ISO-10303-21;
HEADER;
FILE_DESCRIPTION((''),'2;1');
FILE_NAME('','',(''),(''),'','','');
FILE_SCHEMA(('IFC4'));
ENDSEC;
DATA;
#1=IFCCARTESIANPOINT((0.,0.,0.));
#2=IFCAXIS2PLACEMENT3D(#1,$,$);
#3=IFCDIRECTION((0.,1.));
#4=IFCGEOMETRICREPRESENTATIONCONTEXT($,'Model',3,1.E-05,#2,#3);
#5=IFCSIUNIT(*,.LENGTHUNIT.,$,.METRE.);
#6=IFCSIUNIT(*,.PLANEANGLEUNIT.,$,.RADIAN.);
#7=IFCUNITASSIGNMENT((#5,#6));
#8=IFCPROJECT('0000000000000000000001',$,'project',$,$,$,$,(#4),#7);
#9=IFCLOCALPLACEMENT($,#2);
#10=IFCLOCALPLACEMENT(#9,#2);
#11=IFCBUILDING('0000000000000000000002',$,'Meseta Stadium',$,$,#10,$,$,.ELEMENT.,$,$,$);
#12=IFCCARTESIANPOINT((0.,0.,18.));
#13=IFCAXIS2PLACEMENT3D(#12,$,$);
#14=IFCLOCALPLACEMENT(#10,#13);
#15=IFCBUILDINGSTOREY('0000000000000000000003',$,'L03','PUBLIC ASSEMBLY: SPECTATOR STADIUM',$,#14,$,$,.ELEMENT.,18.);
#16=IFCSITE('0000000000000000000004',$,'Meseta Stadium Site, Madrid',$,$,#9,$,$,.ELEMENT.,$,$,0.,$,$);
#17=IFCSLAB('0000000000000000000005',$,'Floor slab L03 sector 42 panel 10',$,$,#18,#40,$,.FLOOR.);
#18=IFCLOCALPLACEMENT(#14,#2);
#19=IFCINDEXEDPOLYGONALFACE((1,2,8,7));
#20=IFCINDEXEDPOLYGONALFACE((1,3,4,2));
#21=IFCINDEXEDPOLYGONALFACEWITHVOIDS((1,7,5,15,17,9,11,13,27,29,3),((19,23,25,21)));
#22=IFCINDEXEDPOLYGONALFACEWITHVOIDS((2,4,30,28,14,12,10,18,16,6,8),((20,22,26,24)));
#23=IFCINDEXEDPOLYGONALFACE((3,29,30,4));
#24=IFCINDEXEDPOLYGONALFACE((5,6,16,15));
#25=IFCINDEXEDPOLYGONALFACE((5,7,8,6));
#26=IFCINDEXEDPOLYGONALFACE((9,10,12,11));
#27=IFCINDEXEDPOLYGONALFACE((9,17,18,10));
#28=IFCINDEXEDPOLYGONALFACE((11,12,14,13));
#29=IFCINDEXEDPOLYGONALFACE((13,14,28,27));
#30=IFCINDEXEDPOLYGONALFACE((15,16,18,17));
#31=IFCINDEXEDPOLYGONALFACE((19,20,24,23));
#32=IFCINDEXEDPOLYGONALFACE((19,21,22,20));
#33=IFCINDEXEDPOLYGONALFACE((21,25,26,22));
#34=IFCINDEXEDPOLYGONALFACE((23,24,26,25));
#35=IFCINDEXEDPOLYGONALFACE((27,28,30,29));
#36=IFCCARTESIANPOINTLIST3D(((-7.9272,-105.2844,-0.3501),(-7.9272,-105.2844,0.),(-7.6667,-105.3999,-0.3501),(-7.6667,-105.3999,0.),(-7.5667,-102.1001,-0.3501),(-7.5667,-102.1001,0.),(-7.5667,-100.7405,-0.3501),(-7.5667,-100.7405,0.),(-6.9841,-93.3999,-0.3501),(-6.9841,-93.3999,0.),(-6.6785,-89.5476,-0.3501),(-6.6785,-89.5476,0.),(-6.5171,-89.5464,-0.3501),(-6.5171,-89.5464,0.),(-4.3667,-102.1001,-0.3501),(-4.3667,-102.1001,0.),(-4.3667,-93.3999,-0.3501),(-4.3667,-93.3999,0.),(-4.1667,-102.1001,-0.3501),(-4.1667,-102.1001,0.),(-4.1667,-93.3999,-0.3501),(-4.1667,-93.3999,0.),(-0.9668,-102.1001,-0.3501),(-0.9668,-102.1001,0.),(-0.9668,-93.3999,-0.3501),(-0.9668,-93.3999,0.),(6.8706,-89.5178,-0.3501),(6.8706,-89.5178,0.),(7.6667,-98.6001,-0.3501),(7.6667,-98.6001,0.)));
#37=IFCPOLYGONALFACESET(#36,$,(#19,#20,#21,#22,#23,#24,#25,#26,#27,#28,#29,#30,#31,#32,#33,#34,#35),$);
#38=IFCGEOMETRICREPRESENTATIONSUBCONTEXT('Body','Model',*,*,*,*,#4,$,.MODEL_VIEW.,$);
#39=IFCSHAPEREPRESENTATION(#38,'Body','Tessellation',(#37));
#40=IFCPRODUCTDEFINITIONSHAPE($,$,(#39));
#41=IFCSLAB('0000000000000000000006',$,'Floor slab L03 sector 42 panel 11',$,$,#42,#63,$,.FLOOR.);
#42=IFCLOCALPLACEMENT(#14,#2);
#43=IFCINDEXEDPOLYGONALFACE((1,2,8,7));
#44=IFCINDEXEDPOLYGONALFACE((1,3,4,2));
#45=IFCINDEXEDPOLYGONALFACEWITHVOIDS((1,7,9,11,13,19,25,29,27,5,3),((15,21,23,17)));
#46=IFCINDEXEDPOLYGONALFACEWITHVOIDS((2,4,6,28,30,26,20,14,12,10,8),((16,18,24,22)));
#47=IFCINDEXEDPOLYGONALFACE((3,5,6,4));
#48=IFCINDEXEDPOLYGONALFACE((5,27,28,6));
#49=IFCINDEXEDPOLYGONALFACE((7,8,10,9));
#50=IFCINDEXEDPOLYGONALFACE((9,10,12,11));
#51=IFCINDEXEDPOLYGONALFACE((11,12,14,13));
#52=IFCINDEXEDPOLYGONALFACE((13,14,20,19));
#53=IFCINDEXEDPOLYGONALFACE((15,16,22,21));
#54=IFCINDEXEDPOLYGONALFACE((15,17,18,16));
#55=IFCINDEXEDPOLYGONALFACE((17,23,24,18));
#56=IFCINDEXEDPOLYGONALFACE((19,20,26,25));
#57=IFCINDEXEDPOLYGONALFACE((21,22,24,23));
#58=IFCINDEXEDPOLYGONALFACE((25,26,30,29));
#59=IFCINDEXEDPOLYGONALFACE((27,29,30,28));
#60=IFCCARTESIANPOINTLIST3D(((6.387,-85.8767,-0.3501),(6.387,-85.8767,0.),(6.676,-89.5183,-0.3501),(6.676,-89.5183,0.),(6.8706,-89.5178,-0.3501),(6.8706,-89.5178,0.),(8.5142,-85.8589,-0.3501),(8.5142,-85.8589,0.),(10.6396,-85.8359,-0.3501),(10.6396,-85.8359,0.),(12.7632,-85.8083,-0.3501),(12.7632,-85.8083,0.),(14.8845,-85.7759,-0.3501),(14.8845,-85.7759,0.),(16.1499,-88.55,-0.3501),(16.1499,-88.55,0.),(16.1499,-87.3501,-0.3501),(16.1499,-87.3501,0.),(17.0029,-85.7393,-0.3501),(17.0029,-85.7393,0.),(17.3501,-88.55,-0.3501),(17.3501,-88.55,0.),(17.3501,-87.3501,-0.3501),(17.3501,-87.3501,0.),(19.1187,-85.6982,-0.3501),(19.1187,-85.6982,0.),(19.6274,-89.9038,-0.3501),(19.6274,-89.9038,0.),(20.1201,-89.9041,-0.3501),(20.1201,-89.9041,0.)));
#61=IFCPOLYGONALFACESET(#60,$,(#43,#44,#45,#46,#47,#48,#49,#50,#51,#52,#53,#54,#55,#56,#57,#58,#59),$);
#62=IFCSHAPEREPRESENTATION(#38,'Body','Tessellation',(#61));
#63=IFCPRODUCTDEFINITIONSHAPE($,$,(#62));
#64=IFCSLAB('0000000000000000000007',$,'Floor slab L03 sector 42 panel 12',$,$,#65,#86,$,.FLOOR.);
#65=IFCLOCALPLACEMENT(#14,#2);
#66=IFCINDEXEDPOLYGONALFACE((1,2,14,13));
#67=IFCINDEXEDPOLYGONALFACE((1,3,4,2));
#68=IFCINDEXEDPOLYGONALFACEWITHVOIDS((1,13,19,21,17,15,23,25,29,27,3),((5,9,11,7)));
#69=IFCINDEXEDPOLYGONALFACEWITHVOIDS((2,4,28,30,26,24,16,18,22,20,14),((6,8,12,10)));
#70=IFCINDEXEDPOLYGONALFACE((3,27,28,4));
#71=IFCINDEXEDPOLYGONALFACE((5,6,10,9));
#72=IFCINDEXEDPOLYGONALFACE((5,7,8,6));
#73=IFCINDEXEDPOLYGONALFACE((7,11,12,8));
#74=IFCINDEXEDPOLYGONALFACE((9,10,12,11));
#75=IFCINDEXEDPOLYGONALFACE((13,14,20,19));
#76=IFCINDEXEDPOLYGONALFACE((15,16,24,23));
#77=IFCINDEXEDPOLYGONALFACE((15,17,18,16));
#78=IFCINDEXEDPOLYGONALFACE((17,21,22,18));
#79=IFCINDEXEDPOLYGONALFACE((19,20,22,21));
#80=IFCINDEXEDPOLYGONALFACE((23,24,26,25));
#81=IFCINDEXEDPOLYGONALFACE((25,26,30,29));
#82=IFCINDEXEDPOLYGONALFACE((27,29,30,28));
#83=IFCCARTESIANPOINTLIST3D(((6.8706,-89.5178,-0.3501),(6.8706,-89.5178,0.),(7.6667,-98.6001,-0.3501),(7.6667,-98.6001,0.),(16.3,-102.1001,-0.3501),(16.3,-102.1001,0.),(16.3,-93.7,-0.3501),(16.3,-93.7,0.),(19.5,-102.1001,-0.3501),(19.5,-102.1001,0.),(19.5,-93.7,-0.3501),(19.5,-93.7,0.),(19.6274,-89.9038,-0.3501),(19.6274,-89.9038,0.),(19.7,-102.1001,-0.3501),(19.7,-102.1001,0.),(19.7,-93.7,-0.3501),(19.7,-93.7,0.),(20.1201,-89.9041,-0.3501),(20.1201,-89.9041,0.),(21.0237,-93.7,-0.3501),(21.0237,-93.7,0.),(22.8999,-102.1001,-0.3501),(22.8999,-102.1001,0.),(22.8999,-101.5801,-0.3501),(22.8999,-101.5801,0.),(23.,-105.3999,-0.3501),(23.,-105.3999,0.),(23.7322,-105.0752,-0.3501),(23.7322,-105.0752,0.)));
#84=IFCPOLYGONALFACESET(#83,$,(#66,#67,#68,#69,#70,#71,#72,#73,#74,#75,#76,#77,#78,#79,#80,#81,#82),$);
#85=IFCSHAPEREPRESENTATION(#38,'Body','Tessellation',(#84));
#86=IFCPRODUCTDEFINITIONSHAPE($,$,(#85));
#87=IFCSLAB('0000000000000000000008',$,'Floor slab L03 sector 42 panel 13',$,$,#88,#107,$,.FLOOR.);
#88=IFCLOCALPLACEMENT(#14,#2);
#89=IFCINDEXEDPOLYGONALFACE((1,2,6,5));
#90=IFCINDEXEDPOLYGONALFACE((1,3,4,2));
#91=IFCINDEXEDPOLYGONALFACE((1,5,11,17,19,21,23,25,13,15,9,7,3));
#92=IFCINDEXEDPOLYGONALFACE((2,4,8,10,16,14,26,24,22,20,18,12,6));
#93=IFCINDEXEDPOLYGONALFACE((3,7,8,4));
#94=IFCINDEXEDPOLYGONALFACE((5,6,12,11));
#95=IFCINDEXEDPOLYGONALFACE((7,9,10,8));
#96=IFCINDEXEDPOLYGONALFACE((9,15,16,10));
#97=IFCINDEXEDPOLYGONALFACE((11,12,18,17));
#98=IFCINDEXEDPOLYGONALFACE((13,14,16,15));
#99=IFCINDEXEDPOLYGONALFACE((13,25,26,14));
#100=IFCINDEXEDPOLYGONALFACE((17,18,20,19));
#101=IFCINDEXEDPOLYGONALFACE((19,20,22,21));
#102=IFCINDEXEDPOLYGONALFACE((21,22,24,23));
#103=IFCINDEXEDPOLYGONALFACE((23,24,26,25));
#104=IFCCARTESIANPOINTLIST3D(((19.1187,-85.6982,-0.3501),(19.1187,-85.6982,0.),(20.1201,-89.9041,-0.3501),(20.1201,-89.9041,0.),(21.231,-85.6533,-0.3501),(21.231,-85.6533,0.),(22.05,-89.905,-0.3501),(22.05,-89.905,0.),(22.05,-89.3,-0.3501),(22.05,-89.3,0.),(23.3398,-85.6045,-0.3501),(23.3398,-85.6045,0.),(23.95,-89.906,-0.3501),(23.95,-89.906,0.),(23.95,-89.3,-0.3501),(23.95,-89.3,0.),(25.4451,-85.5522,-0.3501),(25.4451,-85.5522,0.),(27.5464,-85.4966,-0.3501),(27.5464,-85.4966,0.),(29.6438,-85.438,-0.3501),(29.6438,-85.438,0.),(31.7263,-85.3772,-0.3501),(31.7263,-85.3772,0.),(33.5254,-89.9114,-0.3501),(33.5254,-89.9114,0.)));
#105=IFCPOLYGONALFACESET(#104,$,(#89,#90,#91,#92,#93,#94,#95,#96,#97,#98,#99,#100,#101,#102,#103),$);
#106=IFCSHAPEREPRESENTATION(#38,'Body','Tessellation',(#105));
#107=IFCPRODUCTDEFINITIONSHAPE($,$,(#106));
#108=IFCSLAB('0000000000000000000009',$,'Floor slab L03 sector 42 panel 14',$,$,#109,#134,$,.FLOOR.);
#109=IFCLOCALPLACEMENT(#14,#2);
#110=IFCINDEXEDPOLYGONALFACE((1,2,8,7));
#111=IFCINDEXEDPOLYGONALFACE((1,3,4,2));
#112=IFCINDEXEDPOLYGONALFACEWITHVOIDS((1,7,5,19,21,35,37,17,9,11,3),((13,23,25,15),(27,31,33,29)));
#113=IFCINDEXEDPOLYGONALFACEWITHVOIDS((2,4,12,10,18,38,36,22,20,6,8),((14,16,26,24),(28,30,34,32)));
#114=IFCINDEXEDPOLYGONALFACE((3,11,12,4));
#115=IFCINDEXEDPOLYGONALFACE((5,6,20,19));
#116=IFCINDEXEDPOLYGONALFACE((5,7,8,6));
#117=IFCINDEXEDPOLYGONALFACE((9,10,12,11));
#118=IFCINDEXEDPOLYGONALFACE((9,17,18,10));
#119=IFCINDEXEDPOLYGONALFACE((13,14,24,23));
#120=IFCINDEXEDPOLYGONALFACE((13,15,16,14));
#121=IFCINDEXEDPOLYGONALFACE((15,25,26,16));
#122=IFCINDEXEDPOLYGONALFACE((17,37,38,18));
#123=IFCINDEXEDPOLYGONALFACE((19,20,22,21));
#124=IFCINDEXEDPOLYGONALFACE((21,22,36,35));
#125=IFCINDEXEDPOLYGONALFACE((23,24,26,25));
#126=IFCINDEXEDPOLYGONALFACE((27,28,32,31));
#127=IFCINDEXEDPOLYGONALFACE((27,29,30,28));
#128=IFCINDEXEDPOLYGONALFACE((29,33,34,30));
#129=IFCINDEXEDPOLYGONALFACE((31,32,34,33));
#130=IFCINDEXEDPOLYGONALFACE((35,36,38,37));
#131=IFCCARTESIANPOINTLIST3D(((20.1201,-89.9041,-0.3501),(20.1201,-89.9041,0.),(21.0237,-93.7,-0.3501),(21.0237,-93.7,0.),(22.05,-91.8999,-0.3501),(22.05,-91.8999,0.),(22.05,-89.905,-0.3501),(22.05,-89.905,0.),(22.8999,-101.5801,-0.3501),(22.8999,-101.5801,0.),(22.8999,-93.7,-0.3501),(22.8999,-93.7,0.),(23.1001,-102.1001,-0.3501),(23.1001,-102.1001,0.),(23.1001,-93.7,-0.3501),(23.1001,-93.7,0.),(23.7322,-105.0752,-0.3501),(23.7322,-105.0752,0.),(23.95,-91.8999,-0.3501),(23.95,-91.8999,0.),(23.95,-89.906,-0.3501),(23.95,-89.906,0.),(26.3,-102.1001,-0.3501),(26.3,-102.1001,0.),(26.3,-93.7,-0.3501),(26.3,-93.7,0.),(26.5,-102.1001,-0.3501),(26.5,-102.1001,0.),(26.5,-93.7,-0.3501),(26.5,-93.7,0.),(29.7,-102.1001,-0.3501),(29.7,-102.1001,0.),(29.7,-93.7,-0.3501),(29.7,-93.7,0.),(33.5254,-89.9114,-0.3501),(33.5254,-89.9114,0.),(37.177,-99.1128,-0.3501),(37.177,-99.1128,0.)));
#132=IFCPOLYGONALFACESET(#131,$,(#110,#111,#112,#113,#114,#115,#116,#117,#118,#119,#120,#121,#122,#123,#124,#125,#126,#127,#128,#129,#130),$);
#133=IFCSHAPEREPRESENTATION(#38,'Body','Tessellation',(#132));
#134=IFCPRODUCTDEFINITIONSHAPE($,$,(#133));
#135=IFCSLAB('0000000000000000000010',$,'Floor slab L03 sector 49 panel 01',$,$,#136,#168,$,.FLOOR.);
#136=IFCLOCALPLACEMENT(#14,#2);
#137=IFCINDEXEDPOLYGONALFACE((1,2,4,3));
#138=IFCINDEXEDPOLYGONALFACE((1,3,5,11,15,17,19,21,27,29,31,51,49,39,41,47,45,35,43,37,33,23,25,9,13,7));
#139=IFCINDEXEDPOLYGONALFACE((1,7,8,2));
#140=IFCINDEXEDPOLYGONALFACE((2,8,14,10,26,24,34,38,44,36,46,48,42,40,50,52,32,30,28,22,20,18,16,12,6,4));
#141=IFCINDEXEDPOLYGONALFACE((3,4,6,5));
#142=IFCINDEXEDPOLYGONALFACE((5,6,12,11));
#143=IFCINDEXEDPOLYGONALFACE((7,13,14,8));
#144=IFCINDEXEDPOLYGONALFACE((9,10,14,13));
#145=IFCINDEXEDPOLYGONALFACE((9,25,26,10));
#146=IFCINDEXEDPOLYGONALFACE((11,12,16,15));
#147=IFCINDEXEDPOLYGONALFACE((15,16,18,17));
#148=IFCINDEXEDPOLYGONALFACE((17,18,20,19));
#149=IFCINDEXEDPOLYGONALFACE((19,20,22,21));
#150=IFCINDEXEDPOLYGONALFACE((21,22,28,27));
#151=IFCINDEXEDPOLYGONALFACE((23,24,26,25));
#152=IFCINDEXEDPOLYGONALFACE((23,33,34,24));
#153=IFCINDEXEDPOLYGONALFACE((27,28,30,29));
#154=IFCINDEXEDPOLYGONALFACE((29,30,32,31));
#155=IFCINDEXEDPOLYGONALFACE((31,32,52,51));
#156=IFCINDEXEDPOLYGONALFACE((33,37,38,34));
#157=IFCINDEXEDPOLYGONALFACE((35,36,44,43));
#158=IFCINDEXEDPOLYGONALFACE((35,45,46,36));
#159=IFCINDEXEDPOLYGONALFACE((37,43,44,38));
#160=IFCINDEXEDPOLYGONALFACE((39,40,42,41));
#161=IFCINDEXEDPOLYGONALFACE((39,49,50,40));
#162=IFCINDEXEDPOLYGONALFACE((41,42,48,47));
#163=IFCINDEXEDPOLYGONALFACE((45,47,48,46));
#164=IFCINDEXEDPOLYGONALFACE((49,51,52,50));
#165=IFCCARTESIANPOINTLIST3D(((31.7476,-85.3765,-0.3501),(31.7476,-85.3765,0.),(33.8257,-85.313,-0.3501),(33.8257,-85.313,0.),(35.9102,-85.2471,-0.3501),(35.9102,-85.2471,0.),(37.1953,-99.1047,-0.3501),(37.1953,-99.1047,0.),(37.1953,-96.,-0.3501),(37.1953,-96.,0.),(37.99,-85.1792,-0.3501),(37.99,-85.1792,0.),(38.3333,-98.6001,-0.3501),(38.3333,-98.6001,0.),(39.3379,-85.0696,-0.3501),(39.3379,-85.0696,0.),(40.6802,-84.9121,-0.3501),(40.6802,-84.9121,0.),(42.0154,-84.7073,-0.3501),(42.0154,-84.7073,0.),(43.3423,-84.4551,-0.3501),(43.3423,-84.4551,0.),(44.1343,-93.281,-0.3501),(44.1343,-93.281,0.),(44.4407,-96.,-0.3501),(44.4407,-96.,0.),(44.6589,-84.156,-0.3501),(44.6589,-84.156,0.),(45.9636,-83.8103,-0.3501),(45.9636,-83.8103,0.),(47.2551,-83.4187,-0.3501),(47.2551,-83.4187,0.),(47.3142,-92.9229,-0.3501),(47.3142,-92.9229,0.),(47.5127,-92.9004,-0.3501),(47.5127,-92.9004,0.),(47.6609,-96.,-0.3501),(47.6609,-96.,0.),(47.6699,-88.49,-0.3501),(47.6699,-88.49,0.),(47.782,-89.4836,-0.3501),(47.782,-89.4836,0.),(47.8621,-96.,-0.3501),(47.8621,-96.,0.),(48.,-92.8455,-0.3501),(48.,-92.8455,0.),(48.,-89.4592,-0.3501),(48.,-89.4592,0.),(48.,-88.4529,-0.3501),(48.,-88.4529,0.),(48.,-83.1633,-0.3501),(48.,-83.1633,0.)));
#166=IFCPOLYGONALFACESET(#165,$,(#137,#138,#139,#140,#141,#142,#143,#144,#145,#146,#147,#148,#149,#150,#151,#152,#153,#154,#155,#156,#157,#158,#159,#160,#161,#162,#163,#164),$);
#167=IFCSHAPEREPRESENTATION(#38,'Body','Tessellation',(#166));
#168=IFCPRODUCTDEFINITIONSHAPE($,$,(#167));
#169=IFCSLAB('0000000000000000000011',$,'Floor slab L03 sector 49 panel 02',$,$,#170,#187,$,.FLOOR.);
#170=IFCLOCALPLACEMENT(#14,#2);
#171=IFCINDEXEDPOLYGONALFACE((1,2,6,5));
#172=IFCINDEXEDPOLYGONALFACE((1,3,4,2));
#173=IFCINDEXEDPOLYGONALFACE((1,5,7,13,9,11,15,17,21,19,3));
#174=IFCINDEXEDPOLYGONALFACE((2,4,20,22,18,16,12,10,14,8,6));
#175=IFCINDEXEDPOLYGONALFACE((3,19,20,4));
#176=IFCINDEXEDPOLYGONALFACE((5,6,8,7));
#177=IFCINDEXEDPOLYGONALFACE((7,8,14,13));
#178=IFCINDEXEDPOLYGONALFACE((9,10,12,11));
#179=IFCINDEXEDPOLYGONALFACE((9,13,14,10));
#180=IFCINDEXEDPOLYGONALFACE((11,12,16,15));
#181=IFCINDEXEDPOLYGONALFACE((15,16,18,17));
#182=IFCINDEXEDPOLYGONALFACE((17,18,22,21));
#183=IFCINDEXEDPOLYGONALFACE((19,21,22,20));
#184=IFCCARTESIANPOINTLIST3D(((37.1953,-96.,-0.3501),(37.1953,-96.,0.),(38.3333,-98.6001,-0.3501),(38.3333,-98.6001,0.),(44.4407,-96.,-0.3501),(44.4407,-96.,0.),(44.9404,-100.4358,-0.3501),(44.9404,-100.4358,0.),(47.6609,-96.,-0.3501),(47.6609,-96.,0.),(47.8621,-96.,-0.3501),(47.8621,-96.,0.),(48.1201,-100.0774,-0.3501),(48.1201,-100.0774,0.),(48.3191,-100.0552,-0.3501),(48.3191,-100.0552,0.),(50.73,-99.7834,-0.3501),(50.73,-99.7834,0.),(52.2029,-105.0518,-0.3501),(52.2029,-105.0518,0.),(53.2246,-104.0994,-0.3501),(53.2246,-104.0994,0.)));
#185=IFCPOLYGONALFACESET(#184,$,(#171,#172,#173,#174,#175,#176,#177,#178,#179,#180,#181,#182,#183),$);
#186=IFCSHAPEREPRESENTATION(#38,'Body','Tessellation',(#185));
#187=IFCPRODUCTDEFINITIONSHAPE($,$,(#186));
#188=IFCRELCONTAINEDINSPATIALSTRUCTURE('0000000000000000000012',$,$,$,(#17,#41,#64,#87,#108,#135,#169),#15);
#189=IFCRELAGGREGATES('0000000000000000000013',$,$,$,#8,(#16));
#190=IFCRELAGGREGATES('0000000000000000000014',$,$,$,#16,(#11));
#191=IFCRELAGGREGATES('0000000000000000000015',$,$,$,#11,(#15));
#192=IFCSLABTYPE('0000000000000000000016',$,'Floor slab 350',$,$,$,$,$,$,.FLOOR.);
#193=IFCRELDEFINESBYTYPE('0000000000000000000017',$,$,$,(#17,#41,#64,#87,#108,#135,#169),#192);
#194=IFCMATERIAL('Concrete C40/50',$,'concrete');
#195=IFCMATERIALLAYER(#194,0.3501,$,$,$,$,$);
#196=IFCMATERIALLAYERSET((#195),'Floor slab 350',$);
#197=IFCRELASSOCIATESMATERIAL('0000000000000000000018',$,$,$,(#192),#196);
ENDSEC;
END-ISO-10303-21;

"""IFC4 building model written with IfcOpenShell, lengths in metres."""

from ifc_helpers import new_model, si_unit, direction, frame, origin, place, context, subcontext, project, spatial, polyline, outline, extrude, material, layer, layer_set, type_object, element, save


model = new_model("IFC4")

# Units and contexts
model_context = context("Model", 3, precision=1e-05, world=origin(), true_north=direction((0.0, 1.0)))
body_context = subcontext(model_context, "Body", "Model", "MODEL_VIEW")
ifc_project = project(units=[si_unit("LENGTHUNIT", "METRE"), si_unit("PLANEANGLEUNIT", "RADIAN")], contexts=[model_context])

# Site, building, storey
site_placement = place(None, origin())
site = spatial("IfcSite", under=ifc_project, at=site_placement, Name="Meseta Stadium Site, Madrid", CompositionType="ELEMENT", RefElevation=0.0)
building_placement = place(site_placement, origin())
building = spatial("IfcBuilding", under=site, at=building_placement, Name="Meseta Stadium", CompositionType="ELEMENT")
storey_placement = place(building_placement, frame((0.0, 0.0, 18.0)))
storey = spatial("IfcBuildingStorey", under=building, at=storey_placement, Name="L03", Description="PUBLIC ASSEMBLY: SPECTATOR STADIUM", CompositionType="ELEMENT", Elevation=18.0)

# Slabs
ifc_material_1 = material(Name="Concrete C40/50", Category="concrete")
ifc_layer_1 = layer(ifc_material_1, 0.3501)
ifc_layer_set_1 = layer_set([ifc_layer_1], Name="Floor slab 350")
slab_type_1 = type_object("IfcSlabType", Name="Floor slab 350", PredefinedType="FLOOR", material=ifc_layer_set_1)
slab_1_placement = place(storey_placement, frame((0.0, 0.0, -0.3501)))
element("IfcSlab", 1, at=slab_1_placement, inside=storey, type_object=slab_type_1, Name="Floor slab L03 sector 42 panel 10", PredefinedType="FLOOR", context=body_context, shape_type="SweptSolid", body=[
    extrude(outline(polyline([(-7.5667, -102.1001), (-7.5667, -100.7405), (-7.9272, -105.2844), (-7.6667, -105.3999), (7.6667, -98.6001), (6.8706, -89.5178), (-6.5171, -89.5464), (-6.6785, -89.5476), (-6.9841, -93.3999), (-4.3667, -93.3999), (-4.3667, -102.1001), (-7.5667, -102.1001)]), holes=[polyline([(-0.9668, -102.1001), (-4.1667, -102.1001), (-4.1667, -93.3999), (-0.9668, -93.3999), (-0.9668, -102.1001)])]), origin(), (0.0, 0.0, 1.0), 0.3501),
])
slab_2_placement = place(storey_placement, frame((0.0, 0.0, -0.3501)))
element("IfcSlab", 2, at=slab_2_placement, inside=storey, type_object=slab_type_1, Name="Floor slab L03 sector 42 panel 11", PredefinedType="FLOOR", context=body_context, shape_type="SweptSolid", body=[
    extrude(outline(polyline([(6.387, -85.8767), (6.676, -89.5183), (6.8706, -89.5178), (19.6274, -89.9038), (20.1201, -89.9041), (19.1187, -85.6982), (17.0029, -85.7393), (14.8845, -85.7759), (12.7632, -85.8083), (10.6396, -85.8359), (8.5142, -85.8589), (6.387, -85.8767)]), holes=[polyline([(16.1499, -87.3501), (17.3501, -87.3501), (17.3501, -88.55), (16.1499, -88.55), (16.1499, -87.3501)])]), origin(), (0.0, 0.0, 1.0), 0.3501),
])
slab_3_placement = place(storey_placement, frame((0.0, 0.0, -0.3501)))
element("IfcSlab", 3, at=slab_3_placement, inside=storey, type_object=slab_type_1, Name="Floor slab L03 sector 42 panel 12", PredefinedType="FLOOR", context=body_context, shape_type="SweptSolid", body=[
    extrude(outline(polyline([(19.6274, -89.9038), (6.8706, -89.5178), (7.6667, -98.6001), (23.0, -105.3999), (23.7322, -105.0752), (22.8999, -101.5801), (22.8999, -102.1001), (19.7, -102.1001), (19.7, -93.7), (21.0237, -93.7), (20.1201, -89.9041), (19.6274, -89.9038)]), holes=[polyline([(16.3, -93.7), (19.5, -93.7), (19.5, -102.1001), (16.3, -102.1001), (16.3, -93.7)])]), origin(), (0.0, 0.0, 1.0), 0.3501),
])
slab_4_placement = place(storey_placement, frame((0.0, 0.0, -0.3501)))
element("IfcSlab", 4, at=slab_4_placement, inside=storey, type_object=slab_type_1, Name="Floor slab L03 sector 42 panel 13", PredefinedType="FLOOR", context=body_context, shape_type="SweptSolid", body=[
    extrude(outline(polyline([(33.5254, -89.9114), (31.7263, -85.3772), (29.6438, -85.438), (27.5464, -85.4966), (25.4451, -85.5522), (23.3398, -85.6045), (21.231, -85.6533), (19.1187, -85.6982), (20.1201, -89.9041), (22.05, -89.905), (22.05, -89.3), (23.95, -89.3), (23.95, -89.906), (33.5254, -89.9114)])), origin(), (0.0, 0.0, 1.0), 0.3501),
])
slab_5_placement = place(storey_placement, frame((0.0, 0.0, -0.3501)))
element("IfcSlab", 5, at=slab_5_placement, inside=storey, type_object=slab_type_1, Name="Floor slab L03 sector 42 panel 14", PredefinedType="FLOOR", context=body_context, shape_type="SweptSolid", body=[
    extrude(outline(polyline([(23.7322, -105.0752), (37.177, -99.1128), (33.5254, -89.9114), (23.95, -89.906), (23.95, -91.8999), (22.05, -91.8999), (22.05, -89.905), (20.1201, -89.9041), (21.0237, -93.7), (22.8999, -93.7), (22.8999, -101.5801), (23.7322, -105.0752)]), holes=[polyline([(23.1001, -93.7), (26.3, -93.7), (26.3, -102.1001), (23.1001, -102.1001), (23.1001, -93.7)]), polyline([(26.5, -93.7), (29.7, -93.7), (29.7, -102.1001), (26.5, -102.1001), (26.5, -93.7)])]), origin(), (0.0, 0.0, 1.0), 0.3501),
])
slab_6_placement = place(storey_placement, frame((0.0, 0.0, -0.3501)))
element("IfcSlab", 6, at=slab_6_placement, inside=storey, type_object=slab_type_1, Name="Floor slab L03 sector 49 panel 01", PredefinedType="FLOOR", context=body_context, shape_type="SweptSolid", body=[
    extrude(outline(polyline([(43.3423, -84.4551), (42.0154, -84.7073), (40.6802, -84.9121), (39.3379, -85.0696), (37.99, -85.1792), (35.9102, -85.2471), (33.8257, -85.313), (31.7476, -85.3765), (37.1953, -99.1047), (38.3333, -98.6001), (37.1953, -96.0), (44.4407, -96.0), (44.1343, -93.281), (47.3142, -92.9229), (47.6609, -96.0), (47.8621, -96.0), (47.5127, -92.9004), (48.0, -92.8455), (48.0, -89.4592), (47.782, -89.4836), (47.6699, -88.49), (48.0, -88.4529), (48.0, -83.1633), (47.2551, -83.4187), (45.9636, -83.8103), (44.6589, -84.156), (43.3423, -84.4551)])), origin(), (0.0, 0.0, 1.0), 0.3501),
])
slab_7_placement = place(storey_placement, frame((0.0, 0.0, -0.3501)))
element("IfcSlab", 7, at=slab_7_placement, inside=storey, type_object=slab_type_1, Name="Floor slab L03 sector 49 panel 02", PredefinedType="FLOOR", context=body_context, shape_type="SweptSolid", body=[
    extrude(outline(polyline([(47.6609, -96.0), (48.1201, -100.0774), (44.9404, -100.4358), (44.4407, -96.0), (37.1953, -96.0), (38.3333, -98.6001), (52.2029, -105.0518), (53.2246, -104.0994), (50.73, -99.7834), (48.3191, -100.0552), (47.8621, -96.0), (47.6609, -96.0)])), origin(), (0.0, 0.0, 1.0), 0.3501),
])

save(model, "model.ifc")
